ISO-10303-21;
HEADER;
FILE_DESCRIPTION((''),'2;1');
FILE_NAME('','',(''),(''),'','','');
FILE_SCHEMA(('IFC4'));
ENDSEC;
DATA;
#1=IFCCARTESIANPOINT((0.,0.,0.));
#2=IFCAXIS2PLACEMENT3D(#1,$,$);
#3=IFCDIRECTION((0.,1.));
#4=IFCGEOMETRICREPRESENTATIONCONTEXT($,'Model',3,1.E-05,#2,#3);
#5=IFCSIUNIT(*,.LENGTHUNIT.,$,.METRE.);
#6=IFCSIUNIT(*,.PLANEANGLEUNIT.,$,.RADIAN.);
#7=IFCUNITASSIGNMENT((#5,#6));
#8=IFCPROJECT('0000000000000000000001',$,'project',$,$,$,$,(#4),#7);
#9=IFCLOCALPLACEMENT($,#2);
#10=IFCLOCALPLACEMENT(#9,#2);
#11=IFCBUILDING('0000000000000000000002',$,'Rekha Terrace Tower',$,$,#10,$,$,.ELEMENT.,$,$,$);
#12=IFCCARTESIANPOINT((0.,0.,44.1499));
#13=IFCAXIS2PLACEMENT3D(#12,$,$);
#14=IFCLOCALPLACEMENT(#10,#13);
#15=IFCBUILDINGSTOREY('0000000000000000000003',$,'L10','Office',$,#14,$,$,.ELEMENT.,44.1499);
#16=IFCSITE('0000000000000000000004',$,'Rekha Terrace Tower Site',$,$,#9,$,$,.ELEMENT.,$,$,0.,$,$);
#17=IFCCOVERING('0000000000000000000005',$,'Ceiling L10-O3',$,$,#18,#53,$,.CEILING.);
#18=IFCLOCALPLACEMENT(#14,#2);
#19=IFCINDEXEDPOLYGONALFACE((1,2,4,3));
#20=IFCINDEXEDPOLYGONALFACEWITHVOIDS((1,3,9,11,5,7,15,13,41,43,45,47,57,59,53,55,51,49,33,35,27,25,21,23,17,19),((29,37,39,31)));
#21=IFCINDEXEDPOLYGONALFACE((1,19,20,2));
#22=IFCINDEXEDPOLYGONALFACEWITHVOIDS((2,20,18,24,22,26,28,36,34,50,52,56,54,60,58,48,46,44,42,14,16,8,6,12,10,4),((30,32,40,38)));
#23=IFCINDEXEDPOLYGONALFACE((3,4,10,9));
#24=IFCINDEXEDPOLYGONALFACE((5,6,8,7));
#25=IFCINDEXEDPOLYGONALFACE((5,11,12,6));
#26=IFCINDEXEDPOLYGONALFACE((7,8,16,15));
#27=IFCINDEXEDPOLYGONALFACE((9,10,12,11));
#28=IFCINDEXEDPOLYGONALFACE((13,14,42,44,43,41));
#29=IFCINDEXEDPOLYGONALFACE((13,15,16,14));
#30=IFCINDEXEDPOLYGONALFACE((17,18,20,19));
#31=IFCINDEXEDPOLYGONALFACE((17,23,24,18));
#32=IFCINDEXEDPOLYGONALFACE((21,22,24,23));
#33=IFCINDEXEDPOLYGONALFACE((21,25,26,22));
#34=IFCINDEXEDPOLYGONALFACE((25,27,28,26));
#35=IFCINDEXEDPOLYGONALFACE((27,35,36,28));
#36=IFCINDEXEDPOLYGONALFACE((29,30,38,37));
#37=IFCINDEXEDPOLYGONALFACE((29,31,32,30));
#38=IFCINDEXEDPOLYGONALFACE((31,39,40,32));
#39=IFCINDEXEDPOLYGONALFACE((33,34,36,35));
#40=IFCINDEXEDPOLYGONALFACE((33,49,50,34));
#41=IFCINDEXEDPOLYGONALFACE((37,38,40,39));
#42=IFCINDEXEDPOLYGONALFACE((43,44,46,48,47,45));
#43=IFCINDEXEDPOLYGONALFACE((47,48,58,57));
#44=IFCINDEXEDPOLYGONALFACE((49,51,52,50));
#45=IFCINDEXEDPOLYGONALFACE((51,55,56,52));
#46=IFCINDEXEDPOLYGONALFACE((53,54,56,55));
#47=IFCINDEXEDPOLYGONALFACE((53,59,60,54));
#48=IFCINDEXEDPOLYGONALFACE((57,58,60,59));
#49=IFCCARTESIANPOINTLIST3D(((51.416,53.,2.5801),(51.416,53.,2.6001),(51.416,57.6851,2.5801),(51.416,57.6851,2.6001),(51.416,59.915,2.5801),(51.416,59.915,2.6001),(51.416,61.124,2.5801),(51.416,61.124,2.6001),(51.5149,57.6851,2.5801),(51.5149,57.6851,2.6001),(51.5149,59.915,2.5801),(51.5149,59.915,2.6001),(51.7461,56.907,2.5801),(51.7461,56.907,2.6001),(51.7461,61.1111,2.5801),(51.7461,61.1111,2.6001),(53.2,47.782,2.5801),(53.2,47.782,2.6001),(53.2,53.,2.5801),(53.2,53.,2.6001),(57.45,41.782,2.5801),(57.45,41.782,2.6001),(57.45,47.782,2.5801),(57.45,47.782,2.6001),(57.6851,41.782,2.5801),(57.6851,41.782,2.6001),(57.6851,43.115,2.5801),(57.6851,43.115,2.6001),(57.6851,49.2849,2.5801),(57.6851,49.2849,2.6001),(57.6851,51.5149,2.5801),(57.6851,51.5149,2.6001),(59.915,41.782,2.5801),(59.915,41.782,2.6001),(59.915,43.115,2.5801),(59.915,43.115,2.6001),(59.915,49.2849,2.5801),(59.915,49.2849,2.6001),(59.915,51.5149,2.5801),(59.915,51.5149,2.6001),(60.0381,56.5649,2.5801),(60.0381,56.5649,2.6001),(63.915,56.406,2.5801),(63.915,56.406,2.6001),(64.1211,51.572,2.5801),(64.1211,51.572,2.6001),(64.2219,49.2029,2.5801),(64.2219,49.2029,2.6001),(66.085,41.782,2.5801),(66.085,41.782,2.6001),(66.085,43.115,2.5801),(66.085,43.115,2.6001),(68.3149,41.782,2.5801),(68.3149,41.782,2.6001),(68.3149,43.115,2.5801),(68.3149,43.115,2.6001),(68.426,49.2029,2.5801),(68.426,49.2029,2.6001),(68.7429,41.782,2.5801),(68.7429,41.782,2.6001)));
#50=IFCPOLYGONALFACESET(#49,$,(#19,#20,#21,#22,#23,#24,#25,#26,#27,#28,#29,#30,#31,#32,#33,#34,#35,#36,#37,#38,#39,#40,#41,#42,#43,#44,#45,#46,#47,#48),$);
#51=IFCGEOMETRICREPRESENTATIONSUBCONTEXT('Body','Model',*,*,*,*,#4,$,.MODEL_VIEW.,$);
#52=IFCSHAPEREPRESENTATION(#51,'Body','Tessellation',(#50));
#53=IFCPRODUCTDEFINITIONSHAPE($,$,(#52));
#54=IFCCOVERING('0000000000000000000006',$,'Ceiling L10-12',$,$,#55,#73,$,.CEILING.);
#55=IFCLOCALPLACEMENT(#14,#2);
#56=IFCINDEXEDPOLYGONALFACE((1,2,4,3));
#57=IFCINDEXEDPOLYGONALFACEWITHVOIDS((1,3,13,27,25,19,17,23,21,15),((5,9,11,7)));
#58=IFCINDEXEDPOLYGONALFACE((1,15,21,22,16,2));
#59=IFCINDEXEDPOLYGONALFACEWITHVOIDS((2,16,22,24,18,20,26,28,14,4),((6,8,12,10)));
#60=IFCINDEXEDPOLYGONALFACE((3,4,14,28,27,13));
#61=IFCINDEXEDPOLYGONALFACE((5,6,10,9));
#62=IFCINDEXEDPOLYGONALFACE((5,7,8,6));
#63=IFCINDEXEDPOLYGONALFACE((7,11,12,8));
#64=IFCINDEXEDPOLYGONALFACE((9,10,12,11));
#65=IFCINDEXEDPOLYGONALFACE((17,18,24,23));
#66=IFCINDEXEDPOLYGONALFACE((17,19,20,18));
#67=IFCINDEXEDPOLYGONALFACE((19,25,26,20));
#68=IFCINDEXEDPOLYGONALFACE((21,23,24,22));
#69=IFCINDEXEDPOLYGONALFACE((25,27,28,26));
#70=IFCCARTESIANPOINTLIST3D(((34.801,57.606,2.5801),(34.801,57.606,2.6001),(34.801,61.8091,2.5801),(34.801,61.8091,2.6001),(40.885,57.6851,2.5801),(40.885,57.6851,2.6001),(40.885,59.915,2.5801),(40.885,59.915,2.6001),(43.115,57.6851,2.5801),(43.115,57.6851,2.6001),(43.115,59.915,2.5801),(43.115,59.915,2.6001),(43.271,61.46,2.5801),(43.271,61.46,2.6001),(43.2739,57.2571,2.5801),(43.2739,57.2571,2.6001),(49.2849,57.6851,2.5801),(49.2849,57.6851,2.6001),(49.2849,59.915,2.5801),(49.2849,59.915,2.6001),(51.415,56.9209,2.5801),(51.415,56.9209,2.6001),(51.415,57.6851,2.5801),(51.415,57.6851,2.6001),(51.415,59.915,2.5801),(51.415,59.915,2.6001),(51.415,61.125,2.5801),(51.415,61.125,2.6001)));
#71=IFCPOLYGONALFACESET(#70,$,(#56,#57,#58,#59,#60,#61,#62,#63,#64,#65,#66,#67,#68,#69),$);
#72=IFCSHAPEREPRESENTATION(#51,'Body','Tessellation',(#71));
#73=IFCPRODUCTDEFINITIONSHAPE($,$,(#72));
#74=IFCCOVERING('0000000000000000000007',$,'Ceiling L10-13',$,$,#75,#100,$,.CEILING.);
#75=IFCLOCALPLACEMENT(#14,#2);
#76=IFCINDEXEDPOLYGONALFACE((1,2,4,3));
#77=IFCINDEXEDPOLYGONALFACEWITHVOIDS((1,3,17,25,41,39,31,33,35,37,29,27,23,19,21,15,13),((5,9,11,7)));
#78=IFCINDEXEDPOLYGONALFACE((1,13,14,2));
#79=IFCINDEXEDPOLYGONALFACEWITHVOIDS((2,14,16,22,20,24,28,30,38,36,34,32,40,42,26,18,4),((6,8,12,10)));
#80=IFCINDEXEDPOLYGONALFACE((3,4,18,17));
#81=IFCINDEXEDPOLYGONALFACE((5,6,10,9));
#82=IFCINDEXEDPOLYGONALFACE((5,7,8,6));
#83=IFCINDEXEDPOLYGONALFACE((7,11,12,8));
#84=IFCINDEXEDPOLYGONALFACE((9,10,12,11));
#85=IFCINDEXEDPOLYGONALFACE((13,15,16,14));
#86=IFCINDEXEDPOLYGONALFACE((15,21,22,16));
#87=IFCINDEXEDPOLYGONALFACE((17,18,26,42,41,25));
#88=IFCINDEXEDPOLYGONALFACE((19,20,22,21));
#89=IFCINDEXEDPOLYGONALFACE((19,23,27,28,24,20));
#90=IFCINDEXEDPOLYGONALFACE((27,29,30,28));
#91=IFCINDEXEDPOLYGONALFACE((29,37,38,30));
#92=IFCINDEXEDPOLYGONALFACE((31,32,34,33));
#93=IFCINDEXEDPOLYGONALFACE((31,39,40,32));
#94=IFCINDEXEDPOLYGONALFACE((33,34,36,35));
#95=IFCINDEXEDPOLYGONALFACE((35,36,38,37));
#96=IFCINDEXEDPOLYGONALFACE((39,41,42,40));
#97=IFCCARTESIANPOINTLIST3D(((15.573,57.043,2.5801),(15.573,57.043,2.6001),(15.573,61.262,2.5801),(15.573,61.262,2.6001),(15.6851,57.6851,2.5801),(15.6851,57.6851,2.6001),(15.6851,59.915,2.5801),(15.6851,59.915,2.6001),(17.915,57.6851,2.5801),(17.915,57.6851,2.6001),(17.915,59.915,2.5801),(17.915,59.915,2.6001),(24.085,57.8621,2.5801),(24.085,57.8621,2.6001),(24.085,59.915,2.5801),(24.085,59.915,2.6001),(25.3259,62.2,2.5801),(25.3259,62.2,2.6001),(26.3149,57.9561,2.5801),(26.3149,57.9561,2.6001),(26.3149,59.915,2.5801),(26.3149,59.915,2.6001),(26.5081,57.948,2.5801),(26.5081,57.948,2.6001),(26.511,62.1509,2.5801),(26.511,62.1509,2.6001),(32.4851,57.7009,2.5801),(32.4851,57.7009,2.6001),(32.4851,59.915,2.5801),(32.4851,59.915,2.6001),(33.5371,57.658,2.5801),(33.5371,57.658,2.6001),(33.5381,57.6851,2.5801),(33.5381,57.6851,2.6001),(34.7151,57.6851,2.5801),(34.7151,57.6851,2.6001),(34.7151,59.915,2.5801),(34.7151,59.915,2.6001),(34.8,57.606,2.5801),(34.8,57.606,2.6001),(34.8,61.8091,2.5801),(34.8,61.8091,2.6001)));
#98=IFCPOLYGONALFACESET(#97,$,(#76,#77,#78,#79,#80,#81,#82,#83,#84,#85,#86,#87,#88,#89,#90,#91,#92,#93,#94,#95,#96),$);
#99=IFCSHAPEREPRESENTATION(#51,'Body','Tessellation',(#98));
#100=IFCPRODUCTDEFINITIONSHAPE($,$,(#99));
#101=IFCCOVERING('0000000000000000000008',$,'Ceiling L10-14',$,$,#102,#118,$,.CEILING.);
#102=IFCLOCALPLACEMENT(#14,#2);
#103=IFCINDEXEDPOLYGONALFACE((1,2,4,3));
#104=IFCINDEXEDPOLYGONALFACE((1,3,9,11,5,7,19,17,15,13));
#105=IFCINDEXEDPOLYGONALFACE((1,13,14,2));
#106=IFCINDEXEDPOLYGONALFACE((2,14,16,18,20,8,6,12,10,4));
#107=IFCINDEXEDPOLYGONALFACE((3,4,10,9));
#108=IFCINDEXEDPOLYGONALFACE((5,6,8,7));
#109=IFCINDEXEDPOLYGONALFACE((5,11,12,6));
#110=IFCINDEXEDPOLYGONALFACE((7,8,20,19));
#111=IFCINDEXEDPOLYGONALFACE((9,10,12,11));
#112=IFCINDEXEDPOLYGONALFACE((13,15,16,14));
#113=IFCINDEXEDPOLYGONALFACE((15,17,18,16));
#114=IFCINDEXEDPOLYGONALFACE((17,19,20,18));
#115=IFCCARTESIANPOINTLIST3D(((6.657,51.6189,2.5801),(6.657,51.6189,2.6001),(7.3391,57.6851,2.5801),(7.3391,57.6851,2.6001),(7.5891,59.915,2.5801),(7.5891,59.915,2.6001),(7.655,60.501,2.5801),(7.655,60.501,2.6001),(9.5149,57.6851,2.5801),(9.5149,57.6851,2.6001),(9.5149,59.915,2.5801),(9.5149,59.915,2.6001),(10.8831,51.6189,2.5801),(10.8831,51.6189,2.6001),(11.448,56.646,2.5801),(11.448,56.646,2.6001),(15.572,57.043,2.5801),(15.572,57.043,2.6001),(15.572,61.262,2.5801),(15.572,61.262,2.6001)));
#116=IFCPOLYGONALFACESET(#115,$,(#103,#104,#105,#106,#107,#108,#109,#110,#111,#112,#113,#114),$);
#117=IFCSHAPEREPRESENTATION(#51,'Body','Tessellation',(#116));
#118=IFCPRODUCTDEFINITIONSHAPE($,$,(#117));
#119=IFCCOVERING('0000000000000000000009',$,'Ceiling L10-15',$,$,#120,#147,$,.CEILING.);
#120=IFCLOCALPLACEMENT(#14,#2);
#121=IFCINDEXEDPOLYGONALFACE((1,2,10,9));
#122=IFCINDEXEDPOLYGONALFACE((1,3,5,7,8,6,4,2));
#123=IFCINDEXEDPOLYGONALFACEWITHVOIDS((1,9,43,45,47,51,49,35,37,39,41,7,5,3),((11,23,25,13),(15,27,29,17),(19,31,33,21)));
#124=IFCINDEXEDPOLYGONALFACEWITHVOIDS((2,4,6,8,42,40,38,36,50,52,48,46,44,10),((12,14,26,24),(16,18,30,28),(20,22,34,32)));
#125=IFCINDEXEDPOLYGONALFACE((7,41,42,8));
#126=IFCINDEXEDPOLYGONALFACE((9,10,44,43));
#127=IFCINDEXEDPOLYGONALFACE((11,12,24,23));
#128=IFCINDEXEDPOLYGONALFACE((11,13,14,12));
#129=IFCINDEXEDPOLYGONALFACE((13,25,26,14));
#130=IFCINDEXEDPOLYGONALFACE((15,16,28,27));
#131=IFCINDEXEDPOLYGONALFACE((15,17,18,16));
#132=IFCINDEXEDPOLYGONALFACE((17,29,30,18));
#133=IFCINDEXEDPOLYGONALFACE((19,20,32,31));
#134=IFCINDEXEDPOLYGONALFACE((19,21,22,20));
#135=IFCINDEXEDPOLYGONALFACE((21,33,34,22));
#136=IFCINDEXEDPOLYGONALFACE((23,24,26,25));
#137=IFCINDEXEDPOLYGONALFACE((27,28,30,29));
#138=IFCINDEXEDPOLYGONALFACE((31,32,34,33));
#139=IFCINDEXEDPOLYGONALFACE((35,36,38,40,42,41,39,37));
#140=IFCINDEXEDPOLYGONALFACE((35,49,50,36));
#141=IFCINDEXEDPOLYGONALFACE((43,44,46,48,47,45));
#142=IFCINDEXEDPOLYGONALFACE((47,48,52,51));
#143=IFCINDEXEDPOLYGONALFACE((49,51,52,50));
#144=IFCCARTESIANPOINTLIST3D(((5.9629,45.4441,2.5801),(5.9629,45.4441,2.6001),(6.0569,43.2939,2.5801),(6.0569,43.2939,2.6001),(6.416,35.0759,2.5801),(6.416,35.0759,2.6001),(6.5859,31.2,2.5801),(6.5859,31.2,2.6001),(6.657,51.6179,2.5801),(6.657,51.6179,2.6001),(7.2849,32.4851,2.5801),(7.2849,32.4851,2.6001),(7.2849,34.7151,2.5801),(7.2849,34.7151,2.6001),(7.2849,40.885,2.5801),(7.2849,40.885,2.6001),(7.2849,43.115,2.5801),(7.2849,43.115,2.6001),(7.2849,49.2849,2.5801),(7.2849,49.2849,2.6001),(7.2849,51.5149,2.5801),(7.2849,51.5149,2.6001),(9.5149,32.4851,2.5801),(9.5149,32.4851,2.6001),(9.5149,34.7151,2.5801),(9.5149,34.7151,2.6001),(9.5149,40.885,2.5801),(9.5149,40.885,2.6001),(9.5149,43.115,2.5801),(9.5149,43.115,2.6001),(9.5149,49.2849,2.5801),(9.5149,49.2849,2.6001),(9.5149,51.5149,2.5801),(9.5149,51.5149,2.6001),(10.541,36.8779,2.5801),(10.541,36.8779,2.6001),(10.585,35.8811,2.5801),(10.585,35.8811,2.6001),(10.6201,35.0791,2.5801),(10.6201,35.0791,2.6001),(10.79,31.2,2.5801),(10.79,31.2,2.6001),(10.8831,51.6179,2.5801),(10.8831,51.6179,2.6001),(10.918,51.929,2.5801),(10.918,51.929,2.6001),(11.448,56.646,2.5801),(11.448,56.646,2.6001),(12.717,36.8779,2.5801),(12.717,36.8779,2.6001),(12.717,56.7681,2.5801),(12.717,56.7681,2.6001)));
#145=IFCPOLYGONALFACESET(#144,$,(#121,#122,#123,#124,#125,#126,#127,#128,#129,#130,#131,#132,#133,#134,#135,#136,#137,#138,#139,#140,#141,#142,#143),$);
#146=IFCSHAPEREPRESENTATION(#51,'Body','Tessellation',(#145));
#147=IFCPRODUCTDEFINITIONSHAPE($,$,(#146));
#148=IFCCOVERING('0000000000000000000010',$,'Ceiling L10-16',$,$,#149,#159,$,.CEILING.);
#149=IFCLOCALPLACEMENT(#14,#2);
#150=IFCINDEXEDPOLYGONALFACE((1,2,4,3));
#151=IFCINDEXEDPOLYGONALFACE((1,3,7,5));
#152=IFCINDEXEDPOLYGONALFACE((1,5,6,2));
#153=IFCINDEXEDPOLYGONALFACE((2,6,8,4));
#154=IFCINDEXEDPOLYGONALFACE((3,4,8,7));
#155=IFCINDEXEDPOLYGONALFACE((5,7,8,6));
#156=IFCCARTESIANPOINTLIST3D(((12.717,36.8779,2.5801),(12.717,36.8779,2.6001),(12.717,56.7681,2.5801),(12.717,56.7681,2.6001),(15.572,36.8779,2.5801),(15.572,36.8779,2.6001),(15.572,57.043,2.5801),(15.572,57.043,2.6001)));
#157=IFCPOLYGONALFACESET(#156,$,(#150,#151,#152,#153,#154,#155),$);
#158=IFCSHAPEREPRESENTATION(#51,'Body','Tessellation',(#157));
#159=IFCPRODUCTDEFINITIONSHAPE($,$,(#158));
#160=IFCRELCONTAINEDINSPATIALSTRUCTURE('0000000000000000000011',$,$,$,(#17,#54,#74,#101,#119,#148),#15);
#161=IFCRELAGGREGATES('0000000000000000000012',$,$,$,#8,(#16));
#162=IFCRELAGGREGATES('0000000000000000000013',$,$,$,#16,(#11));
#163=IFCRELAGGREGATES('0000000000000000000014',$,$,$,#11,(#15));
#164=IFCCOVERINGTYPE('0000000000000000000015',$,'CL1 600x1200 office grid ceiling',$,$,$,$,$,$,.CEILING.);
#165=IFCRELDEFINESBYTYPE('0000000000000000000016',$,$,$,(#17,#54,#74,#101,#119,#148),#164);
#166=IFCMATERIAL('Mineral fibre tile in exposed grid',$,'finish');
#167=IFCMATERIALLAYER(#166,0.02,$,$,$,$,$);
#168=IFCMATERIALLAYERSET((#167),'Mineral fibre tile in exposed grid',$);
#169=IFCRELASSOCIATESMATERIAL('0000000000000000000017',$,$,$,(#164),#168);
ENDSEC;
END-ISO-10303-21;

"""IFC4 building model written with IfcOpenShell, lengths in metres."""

from ifc_helpers import new_model, si_unit, direction, frame, origin, place, context, subcontext, project, spatial, polyline, outline, extrude, material, layer, layer_set, type_object, element, save


model = new_model("IFC4")

# Units and contexts
model_context = context("Model", 3, precision=1e-05, world=origin(), true_north=direction((0.0, 1.0)))
body_context = subcontext(model_context, "Body", "Model", "MODEL_VIEW")
ifc_project = project(units=[si_unit("LENGTHUNIT", "METRE"), si_unit("PLANEANGLEUNIT", "RADIAN")], contexts=[model_context])

# Site, building, storey
site_placement = place(None, origin())
site = spatial("IfcSite", under=ifc_project, at=site_placement, Name="Rekha Terrace Tower Site", CompositionType="ELEMENT", RefElevation=0.0)
building_placement = place(site_placement, origin())
building = spatial("IfcBuilding", under=site, at=building_placement, Name="Rekha Terrace Tower", CompositionType="ELEMENT")
storey_placement = place(building_placement, frame((0.0, 0.0, 44.1499)))
storey = spatial("IfcBuildingStorey", under=building, at=storey_placement, Name="L10", Description="Office", CompositionType="ELEMENT", Elevation=44.1499)

# Coverings
ifc_material_1 = material(Name="Mineral fibre tile in exposed grid", Category="finish")
ifc_layer_1 = layer(ifc_material_1, 0.02)
ifc_layer_set_1 = layer_set([ifc_layer_1], Name="Mineral fibre tile in exposed grid")
covering_type_1 = type_object("IfcCoveringType", Name="CL1 600x1200 office grid ceiling", PredefinedType="CEILING", material=ifc_layer_set_1)
covering_1_placement = place(storey_placement, frame((0.0, 0.0, 2.5801)))
element("IfcCovering", 1, at=covering_1_placement, inside=storey, type_object=covering_type_1, Name="Ceiling L10-O3", PredefinedType="CEILING", context=body_context, shape_type="SweptSolid", body=[
    extrude(outline(polyline([(53.2, 53.0), (53.2, 47.782), (57.45, 47.782), (57.45, 41.782), (57.6851, 41.782), (57.6851, 43.115), (59.915, 43.115), (59.915, 41.782), (66.085, 41.782), (66.085, 43.115), (68.3149, 43.115), (68.3149, 41.782), (68.7429, 41.782), (68.426, 49.2029), (64.2219, 49.2029), (64.1211, 51.572), (63.915, 56.406), (60.0381, 56.5649), (51.7461, 56.907), (51.7461, 61.1111), (51.416, 61.124), (51.416, 59.915), (51.5149, 59.915), (51.5149, 57.6851), (51.416, 57.6851), (51.416, 53.0), (53.2, 53.0)]), holes=[polyline([(59.915, 49.2849), (57.6851, 49.2849), (57.6851, 51.5149), (59.915, 51.5149), (59.915, 49.2849)])]), origin(), (0.0, 0.0, 1.0), 0.02),
])
covering_2_placement = place(storey_placement, frame((0.0, 0.0, 2.5801)))
element("IfcCovering", 2, at=covering_2_placement, inside=storey, type_object=covering_type_1, Name="Ceiling L10-12", PredefinedType="CEILING", context=body_context, shape_type="SweptSolid", body=[
    extrude(outline(polyline([(51.415, 61.125), (43.271, 61.46), (34.801, 61.8091), (34.801, 57.606), (43.2739, 57.2571), (51.415, 56.9209), (51.415, 57.6851), (49.2849, 57.6851), (49.2849, 59.915), (51.415, 59.915), (51.415, 61.125)]), holes=[polyline([(43.115, 57.6851), (40.885, 57.6851), (40.885, 59.915), (43.115, 59.915), (43.115, 57.6851)])]), origin(), (0.0, 0.0, 1.0), 0.02),
])
covering_3_placement = place(storey_placement, frame((0.0, 0.0, 2.5801)))
element("IfcCovering", 3, at=covering_3_placement, inside=storey, type_object=covering_type_1, Name="Ceiling L10-13", PredefinedType="CEILING", context=body_context, shape_type="SweptSolid", body=[
    extrude(outline(polyline([(25.3259, 62.2), (15.573, 61.262), (15.573, 57.043), (24.085, 57.8621), (24.085, 59.915), (26.3149, 59.915), (26.3149, 57.9561), (26.5081, 57.948), (32.4851, 57.7009), (32.4851, 59.915), (34.7151, 59.915), (34.7151, 57.6851), (33.5381, 57.6851), (33.5371, 57.658), (34.8, 57.606), (34.8, 61.8091), (26.511, 62.1509), (25.3259, 62.2)]), holes=[polyline([(17.915, 57.6851), (15.6851, 57.6851), (15.6851, 59.915), (17.915, 59.915), (17.915, 57.6851)])]), origin(), (0.0, 0.0, 1.0), 0.02),
])
covering_4_placement = place(storey_placement, frame((0.0, 0.0, 2.5801)))
element("IfcCovering", 4, at=covering_4_placement, inside=storey, type_object=covering_type_1, Name="Ceiling L10-14", PredefinedType="CEILING", context=body_context, shape_type="SweptSolid", body=[
    extrude(outline(polyline([(7.3391, 57.6851), (6.657, 51.6189), (10.8831, 51.6189), (11.448, 56.646), (15.572, 57.043), (15.572, 61.262), (7.655, 60.501), (7.5891, 59.915), (9.5149, 59.915), (9.5149, 57.6851), (7.3391, 57.6851)])), origin(), (0.0, 0.0, 1.0), 0.02),
])
covering_5_placement = place(storey_placement, frame((0.0, 0.0, 2.5801)))
element("IfcCovering", 5, at=covering_5_placement, inside=storey, type_object=covering_type_1, Name="Ceiling L10-15", PredefinedType="CEILING", context=body_context, shape_type="SweptSolid", body=[
    extrude(outline(polyline([(10.8831, 51.6179), (6.657, 51.6179), (5.9629, 45.4441), (6.0569, 43.2939), (6.416, 35.0759), (6.5859, 31.2), (10.79, 31.2), (10.6201, 35.0791), (10.585, 35.8811), (10.541, 36.8779), (12.717, 36.8779), (12.717, 56.7681), (11.448, 56.646), (10.918, 51.929), (10.8831, 51.6179)]), holes=[polyline([(9.5149, 32.4851), (7.2849, 32.4851), (7.2849, 34.7151), (9.5149, 34.7151), (9.5149, 32.4851)]), polyline([(9.5149, 40.885), (7.2849, 40.885), (7.2849, 43.115), (9.5149, 43.115), (9.5149, 40.885)]), polyline([(9.5149, 51.5149), (9.5149, 49.2849), (7.2849, 49.2849), (7.2849, 51.5149), (9.5149, 51.5149)])]), origin(), (0.0, 0.0, 1.0), 0.02),
])
covering_6_placement = place(storey_placement, frame((0.0, 0.0, 2.5801)))
element("IfcCovering", 6, at=covering_6_placement, inside=storey, type_object=covering_type_1, Name="Ceiling L10-16", PredefinedType="CEILING", context=body_context, shape_type="SweptSolid", body=[
    extrude(outline(polyline([(15.572, 36.8779), (15.572, 57.043), (12.717, 56.7681), (12.717, 36.8779), (15.572, 36.8779)])), origin(), (0.0, 0.0, 1.0), 0.02),
])

save(model, "model.ifc")
